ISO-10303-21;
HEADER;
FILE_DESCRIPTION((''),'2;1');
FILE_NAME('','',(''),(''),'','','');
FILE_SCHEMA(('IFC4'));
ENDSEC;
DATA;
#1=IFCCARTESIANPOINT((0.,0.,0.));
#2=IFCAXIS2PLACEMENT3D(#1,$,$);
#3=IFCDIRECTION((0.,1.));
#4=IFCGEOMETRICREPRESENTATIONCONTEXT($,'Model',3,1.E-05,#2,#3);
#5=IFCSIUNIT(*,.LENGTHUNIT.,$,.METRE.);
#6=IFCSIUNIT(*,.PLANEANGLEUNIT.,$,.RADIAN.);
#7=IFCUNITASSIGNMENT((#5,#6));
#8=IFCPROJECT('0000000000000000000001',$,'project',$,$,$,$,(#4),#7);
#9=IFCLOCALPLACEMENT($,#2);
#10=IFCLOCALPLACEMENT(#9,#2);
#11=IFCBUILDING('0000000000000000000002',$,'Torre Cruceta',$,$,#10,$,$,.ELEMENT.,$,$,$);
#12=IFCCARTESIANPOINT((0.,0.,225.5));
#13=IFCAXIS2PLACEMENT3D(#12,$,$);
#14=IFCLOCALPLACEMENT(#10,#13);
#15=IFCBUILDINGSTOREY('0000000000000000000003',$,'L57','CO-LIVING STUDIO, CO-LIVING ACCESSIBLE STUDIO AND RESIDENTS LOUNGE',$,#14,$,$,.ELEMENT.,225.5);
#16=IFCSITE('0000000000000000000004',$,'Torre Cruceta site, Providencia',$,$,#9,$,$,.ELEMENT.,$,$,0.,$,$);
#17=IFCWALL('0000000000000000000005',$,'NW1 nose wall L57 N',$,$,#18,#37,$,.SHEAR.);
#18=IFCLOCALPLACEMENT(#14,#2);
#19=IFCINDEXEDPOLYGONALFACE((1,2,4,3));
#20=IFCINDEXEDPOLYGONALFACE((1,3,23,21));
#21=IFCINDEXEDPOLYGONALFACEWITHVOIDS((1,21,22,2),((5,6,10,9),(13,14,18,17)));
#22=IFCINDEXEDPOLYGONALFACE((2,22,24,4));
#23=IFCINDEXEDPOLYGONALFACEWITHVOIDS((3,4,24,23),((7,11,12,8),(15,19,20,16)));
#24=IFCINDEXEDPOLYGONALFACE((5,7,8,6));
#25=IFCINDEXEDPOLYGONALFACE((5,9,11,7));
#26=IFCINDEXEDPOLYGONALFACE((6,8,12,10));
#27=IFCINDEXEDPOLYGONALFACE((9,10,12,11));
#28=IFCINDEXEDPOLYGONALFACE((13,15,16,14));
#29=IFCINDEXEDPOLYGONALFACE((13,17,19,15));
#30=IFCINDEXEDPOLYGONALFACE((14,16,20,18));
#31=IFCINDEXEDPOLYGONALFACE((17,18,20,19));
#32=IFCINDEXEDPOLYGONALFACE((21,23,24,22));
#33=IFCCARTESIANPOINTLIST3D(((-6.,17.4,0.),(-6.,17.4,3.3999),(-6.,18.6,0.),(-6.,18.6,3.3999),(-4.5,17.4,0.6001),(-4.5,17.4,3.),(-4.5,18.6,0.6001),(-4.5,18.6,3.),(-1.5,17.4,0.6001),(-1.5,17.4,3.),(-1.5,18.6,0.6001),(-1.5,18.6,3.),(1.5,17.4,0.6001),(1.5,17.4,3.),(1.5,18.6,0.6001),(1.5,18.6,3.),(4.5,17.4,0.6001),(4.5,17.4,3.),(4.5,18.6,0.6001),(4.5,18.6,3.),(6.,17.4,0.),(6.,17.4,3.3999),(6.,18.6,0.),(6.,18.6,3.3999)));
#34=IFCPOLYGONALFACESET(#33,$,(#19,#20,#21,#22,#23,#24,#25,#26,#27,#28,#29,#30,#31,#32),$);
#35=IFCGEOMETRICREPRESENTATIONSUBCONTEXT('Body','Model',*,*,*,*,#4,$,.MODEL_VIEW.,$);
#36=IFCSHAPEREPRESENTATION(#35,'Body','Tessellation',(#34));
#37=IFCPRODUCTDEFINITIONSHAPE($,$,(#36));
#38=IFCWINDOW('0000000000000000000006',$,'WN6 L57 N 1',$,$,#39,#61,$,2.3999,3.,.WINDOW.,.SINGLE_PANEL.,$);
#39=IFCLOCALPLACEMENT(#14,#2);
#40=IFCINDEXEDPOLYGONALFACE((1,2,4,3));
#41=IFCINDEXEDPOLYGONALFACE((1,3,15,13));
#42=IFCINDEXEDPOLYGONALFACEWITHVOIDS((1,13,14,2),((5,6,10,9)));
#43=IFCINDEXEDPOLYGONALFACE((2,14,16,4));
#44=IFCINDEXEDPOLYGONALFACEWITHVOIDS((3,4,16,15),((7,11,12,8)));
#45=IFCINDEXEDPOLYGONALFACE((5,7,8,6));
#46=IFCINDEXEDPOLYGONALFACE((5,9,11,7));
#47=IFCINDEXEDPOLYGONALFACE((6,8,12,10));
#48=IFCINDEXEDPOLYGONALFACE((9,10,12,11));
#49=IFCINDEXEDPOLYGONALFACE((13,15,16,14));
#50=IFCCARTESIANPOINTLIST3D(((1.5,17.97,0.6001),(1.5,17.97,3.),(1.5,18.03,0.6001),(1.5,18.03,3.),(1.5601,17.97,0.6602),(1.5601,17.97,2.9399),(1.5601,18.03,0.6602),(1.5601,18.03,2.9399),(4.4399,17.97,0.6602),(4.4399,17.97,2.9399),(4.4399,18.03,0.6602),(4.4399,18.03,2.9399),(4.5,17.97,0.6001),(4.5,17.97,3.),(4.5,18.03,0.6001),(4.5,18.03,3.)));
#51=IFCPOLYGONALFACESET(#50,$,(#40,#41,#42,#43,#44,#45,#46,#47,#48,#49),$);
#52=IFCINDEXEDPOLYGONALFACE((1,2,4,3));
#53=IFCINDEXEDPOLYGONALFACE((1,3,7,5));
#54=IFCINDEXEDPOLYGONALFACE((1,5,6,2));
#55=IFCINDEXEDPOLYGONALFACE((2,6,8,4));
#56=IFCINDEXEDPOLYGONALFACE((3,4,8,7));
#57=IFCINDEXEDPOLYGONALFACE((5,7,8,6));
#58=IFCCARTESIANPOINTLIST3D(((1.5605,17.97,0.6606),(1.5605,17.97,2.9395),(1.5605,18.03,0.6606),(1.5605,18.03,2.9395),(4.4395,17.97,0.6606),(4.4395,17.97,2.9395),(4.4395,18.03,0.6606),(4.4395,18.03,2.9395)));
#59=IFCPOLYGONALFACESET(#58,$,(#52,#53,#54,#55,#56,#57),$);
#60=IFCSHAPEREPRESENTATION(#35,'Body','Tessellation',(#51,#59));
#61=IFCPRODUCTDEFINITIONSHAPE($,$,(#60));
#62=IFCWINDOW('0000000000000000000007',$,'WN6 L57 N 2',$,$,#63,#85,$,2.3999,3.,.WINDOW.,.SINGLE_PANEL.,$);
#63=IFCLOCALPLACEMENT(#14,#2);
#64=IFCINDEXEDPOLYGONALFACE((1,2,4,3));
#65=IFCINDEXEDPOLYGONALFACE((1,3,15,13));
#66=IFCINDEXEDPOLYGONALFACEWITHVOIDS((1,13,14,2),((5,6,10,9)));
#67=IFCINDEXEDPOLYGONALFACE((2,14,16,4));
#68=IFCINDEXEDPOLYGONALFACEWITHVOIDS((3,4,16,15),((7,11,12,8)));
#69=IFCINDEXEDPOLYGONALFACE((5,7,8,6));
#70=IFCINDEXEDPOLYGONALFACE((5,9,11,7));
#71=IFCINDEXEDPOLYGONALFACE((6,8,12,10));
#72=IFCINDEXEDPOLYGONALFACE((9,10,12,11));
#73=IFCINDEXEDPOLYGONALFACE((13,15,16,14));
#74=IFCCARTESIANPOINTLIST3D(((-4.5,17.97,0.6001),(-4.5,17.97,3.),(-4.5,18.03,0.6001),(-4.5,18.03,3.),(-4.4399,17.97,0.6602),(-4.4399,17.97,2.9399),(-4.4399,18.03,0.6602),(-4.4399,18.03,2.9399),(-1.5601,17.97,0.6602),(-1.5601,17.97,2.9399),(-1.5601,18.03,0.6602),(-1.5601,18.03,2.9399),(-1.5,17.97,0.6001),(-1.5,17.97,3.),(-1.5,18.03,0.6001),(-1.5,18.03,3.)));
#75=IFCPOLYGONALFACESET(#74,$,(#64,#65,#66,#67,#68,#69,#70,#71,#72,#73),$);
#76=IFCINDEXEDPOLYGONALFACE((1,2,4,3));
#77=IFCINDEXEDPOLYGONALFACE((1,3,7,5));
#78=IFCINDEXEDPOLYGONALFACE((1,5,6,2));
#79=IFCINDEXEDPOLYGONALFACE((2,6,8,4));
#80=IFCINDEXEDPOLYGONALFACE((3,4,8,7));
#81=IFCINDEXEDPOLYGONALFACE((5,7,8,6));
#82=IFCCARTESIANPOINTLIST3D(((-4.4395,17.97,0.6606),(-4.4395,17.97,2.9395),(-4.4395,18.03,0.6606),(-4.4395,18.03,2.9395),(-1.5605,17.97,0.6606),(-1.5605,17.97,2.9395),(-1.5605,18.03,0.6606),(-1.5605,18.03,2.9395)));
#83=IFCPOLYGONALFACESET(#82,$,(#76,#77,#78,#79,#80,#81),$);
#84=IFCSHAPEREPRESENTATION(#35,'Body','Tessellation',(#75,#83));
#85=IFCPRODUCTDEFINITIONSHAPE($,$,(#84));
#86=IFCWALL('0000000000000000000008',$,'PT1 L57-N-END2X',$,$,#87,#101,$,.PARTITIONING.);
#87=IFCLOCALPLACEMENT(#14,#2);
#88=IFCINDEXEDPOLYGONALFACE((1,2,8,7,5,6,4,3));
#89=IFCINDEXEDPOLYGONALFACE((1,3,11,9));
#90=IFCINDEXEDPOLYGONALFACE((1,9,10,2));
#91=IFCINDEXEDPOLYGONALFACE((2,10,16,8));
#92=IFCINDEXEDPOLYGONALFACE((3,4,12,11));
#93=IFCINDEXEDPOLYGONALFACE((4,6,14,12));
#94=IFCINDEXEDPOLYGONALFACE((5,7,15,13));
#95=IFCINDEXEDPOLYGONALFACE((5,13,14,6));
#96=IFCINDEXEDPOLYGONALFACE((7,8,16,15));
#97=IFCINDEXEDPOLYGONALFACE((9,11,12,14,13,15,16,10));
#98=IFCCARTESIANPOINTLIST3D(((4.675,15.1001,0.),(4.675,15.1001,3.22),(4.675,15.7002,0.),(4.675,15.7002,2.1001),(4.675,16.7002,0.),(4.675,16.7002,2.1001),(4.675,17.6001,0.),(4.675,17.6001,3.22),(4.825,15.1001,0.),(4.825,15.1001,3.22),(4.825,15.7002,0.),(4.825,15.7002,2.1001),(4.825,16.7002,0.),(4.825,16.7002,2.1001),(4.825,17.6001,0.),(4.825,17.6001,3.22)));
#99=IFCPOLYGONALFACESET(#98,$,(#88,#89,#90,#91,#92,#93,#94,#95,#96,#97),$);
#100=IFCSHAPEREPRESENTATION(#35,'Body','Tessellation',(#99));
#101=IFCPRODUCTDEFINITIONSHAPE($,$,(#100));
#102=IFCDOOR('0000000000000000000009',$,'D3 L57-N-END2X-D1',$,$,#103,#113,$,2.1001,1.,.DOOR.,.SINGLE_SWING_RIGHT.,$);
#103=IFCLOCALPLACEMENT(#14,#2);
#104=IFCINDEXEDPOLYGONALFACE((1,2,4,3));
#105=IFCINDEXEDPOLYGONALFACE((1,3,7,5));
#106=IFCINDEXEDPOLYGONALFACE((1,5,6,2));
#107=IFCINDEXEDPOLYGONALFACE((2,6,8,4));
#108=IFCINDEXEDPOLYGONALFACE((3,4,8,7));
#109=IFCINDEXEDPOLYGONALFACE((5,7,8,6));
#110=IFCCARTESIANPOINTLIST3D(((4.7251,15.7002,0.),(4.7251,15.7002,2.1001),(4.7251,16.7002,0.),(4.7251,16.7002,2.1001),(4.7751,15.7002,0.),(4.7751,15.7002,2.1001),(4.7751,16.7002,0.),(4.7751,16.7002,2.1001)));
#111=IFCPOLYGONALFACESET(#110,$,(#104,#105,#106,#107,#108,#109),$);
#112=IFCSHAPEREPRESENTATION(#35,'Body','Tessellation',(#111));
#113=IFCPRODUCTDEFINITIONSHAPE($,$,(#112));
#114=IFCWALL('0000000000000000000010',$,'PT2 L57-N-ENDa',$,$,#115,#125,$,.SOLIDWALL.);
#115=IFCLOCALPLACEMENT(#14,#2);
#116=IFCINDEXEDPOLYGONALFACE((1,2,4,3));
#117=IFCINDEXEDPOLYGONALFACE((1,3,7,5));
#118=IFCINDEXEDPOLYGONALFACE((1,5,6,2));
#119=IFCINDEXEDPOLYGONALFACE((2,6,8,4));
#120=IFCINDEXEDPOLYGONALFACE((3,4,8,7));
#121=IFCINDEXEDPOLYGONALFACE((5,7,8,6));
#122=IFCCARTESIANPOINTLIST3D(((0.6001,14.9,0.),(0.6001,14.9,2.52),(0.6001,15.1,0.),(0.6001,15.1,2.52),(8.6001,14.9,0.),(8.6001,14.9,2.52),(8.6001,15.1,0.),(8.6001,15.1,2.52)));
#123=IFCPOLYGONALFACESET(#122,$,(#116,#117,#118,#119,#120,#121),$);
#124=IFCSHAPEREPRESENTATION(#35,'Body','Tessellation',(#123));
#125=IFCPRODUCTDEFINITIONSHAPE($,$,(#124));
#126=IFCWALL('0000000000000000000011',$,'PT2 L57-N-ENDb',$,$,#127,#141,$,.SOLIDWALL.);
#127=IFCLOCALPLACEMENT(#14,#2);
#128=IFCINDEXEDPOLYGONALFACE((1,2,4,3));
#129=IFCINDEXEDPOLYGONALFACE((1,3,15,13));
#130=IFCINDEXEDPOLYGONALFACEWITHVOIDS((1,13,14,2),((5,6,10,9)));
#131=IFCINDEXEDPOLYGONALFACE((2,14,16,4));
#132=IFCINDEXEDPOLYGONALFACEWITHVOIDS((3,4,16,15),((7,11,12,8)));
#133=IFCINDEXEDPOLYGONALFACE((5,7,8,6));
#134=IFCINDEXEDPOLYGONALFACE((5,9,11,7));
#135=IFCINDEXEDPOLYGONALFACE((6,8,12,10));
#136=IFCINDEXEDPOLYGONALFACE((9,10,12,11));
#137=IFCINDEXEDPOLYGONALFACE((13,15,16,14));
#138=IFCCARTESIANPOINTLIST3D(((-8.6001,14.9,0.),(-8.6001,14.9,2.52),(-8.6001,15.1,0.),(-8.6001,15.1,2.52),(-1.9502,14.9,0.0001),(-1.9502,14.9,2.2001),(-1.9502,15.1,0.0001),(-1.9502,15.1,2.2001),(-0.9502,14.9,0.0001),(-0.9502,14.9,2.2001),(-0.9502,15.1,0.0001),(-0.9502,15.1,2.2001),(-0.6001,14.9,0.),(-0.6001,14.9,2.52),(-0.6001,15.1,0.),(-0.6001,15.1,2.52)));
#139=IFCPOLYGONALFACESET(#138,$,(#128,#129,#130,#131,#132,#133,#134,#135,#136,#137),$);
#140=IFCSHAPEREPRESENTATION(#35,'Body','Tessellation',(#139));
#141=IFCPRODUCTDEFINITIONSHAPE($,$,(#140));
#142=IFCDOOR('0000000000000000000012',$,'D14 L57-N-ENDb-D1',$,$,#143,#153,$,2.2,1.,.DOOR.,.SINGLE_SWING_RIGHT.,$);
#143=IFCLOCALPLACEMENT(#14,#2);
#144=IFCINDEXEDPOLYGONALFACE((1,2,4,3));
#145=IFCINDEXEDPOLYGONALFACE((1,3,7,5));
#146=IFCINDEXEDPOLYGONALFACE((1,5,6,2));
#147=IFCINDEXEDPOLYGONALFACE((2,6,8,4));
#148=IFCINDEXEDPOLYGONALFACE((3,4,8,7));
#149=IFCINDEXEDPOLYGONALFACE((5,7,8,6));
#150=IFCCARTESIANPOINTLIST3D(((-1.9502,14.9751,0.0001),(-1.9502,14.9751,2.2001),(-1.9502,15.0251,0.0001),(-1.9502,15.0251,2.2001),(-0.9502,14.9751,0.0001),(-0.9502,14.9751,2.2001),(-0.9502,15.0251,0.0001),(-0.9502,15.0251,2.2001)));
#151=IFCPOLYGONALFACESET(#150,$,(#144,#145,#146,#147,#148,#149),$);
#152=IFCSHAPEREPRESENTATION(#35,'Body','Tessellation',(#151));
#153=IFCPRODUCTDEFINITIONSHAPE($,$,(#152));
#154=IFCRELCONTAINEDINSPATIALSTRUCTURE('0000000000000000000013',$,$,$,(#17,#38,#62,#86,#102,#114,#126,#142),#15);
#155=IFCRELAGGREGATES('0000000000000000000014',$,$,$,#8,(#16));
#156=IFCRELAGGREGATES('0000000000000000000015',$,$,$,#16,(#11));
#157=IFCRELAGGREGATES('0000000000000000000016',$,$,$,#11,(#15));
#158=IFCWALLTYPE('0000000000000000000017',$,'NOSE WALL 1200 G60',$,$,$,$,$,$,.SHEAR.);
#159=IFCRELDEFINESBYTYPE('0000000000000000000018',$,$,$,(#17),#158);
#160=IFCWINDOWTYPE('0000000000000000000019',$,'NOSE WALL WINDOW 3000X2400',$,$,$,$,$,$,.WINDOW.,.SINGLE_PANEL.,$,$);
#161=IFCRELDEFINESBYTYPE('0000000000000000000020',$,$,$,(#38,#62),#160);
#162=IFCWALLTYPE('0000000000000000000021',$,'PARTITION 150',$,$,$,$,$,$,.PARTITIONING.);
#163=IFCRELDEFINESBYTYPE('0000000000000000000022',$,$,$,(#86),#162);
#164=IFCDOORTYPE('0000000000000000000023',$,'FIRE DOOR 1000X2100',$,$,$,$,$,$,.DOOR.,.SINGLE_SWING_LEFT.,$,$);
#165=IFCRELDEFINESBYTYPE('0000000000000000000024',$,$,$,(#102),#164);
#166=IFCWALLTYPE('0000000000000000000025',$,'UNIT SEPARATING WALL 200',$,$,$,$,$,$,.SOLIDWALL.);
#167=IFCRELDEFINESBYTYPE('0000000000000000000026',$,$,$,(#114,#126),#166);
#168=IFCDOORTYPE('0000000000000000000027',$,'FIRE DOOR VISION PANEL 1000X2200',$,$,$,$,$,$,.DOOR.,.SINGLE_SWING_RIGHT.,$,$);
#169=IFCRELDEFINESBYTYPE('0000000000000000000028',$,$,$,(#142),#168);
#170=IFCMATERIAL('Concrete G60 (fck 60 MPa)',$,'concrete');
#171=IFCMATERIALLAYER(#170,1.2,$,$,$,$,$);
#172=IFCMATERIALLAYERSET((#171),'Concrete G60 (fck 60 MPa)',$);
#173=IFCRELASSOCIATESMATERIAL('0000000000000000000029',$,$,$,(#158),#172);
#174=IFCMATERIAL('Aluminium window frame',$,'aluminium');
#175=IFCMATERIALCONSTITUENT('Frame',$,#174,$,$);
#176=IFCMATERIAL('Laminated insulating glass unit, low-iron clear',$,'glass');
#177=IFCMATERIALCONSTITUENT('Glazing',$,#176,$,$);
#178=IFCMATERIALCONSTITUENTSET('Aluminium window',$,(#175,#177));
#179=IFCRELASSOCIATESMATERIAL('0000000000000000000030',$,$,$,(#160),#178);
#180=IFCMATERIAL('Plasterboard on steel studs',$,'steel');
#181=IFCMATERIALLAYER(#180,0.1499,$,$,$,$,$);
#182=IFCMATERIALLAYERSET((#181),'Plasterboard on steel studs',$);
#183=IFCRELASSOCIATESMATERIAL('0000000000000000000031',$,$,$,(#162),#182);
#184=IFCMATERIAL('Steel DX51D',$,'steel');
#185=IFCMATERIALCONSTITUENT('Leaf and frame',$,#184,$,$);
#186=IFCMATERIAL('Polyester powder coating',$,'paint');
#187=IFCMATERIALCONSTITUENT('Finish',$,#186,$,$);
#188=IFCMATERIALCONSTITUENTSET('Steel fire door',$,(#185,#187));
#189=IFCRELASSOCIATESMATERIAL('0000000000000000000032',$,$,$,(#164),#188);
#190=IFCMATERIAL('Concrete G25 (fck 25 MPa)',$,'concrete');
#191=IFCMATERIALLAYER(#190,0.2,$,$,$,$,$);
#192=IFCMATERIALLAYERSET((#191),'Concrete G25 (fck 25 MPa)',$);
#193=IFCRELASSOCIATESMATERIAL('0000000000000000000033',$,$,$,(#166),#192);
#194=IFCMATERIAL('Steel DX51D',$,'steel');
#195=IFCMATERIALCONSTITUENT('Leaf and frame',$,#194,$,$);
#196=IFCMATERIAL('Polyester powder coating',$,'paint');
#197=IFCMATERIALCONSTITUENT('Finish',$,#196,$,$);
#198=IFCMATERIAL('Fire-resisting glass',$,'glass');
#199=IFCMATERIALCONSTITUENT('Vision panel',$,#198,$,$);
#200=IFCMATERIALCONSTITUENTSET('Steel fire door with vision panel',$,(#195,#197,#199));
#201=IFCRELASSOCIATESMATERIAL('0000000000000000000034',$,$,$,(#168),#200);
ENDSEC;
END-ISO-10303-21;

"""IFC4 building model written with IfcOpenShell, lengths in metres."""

from ifc_helpers import new_model, si_unit, direction, frame, frame_2d, origin, place, context, subcontext, project, spatial, rectangle, hollow_rectangle, extrude, material, layer, layer_set, constituent, constituent_set, type_object, element, fill, save


model = new_model("IFC4")

# Units and contexts
model_context = context("Model", 3, precision=1e-05, world=origin(), true_north=direction((0.0, 1.0)))
body_context = subcontext(model_context, "Body", "Model", "MODEL_VIEW")
ifc_project = project(units=[si_unit("LENGTHUNIT", "METRE"), si_unit("PLANEANGLEUNIT", "RADIAN")], contexts=[model_context])

# Site, building, storey
site_placement = place(None, origin())
site = spatial("IfcSite", under=ifc_project, at=site_placement, Name="Torre Cruceta site, Providencia", CompositionType="ELEMENT", RefElevation=0.0)
building_placement = place(site_placement, origin())
building = spatial("IfcBuilding", under=site, at=building_placement, Name="Torre Cruceta", CompositionType="ELEMENT")
storey_placement = place(building_placement, frame((0.0, 0.0, 225.5)))
storey = spatial("IfcBuildingStorey", under=building, at=storey_placement, Name="L57", Description="CO-LIVING STUDIO, CO-LIVING ACCESSIBLE STUDIO AND RESIDENTS LOUNGE", CompositionType="ELEMENT", Elevation=225.5)

# Wall, openings, windows
ifc_material_1 = material(Name="Concrete G60 (fck 60 MPa)", Category="concrete")
ifc_layer_1 = layer(ifc_material_1, 1.2)
ifc_layer_set_1 = layer_set([ifc_layer_1], Name="Concrete G60 (fck 60 MPa)")
wall_type_1 = type_object("IfcWallType", Name="NOSE WALL 1200 G60", PredefinedType="SHEAR", material=ifc_layer_set_1)
wall_1_placement = place(storey_placement, frame((6.0, 18.0, 0.0), z_axis=(0.0, 0.0, 1.0), x_axis=(-1.0, 0.0, 0.0)))
wall_1 = element("IfcWall", 1, at=wall_1_placement, inside=storey, type_object=wall_type_1, Name="NW1 nose wall L57 N", PredefinedType="SHEAR", context=body_context, shape_type="SweptSolid", body=[
    extrude(rectangle(XDim=12.0, YDim=1.2, at=frame_2d((6.0, 0.0))), origin(), (0.0, 0.0, 1.0), 3.3999),
])
opening_1_placement = place(wall_1_placement, frame((1.5, 0.0, 0.6001)))
opening_1 = element("IfcOpeningElement", 2, at=opening_1_placement, cuts=wall_1, PredefinedType="OPENING", context=body_context, shape_type="SweptSolid", body=[
    extrude(rectangle(XDim=3.0, YDim=2.3999, at=frame_2d((1.5, 1.2))), frame((0.0, 0.6099, 0.0), z_axis=(0.0, -1.0, 0.0), x_axis=(1.0, 0.0, 0.0)), (0.0, 0.0, 1.0), 1.22),
])
opening_2_placement = place(wall_1_placement, frame((7.5, 0.0, 0.6001)))
opening_2 = element("IfcOpeningElement", 3, at=opening_2_placement, cuts=wall_1, PredefinedType="OPENING", context=body_context, shape_type="SweptSolid", body=[
    extrude(rectangle(XDim=3.0, YDim=2.3999, at=frame_2d((1.5, 1.2))), frame((0.0, 0.6099, 0.0), z_axis=(0.0, -1.0, 0.0), x_axis=(1.0, 0.0, 0.0)), (0.0, 0.0, 1.0), 1.22),
])
ifc_material_2 = material(Name="Aluminium window frame", Category="aluminium")
ifc_constituent_1 = constituent(ifc_material_2, Name="Frame")
ifc_material_3 = material(Name="Laminated insulating glass unit, low-iron clear", Category="glass")
ifc_constituent_2 = constituent(ifc_material_3, Name="Glazing")
ifc_constituent_set_1 = constituent_set(constituents=[ifc_constituent_1, ifc_constituent_2], Name="Aluminium window")
window_type = type_object("IfcWindowType", Name="NOSE WALL WINDOW 3000X2400", PartitioningType="SINGLE_PANEL", PredefinedType="WINDOW", material=ifc_constituent_set_1)
window_1_placement = place(opening_1_placement, origin())
window_1 = element("IfcWindow", 4, at=window_1_placement, inside=storey, type_object=window_type, Name="WN6 L57 N 1", OverallHeight=2.3999, OverallWidth=3.0, PartitioningType="SINGLE_PANEL", PredefinedType="WINDOW", context=body_context, shape_type="SweptSolid", body=[
    extrude(hollow_rectangle(XDim=3.0, YDim=2.3999, WallThickness=0.0601, at=frame_2d((1.5, 1.2))), frame((0.0, 0.03, 0.0), z_axis=(0.0, -1.0, 0.0), x_axis=(1.0, 0.0, 0.0)), (0.0, 0.0, 1.0), 0.0601),
    extrude(rectangle(XDim=2.8789, YDim=2.2788, at=frame_2d((1.5, 1.2))), frame((0.0, 0.03, 0.0), z_axis=(0.0, -1.0, 0.0), x_axis=(1.0, 0.0, 0.0)), (0.0, 0.0, 1.0), 0.0601),
])
fill(opening_1, window_1)
window_2_placement = place(opening_2_placement, origin())
window_2 = element("IfcWindow", 5, at=window_2_placement, inside=storey, type_object=window_type, Name="WN6 L57 N 2", OverallHeight=2.3999, OverallWidth=3.0, PartitioningType="SINGLE_PANEL", PredefinedType="WINDOW", context=body_context, shape_type="SweptSolid", body=[
    extrude(hollow_rectangle(XDim=3.0, YDim=2.3999, WallThickness=0.0601, at=frame_2d((1.5, 1.2))), frame((0.0, 0.03, 0.0), z_axis=(0.0, -1.0, 0.0), x_axis=(1.0, 0.0, 0.0)), (0.0, 0.0, 1.0), 0.0601),
    extrude(rectangle(XDim=2.8789, YDim=2.2788, at=frame_2d((1.5, 1.2))), frame((0.0, 0.03, 0.0), z_axis=(0.0, -1.0, 0.0), x_axis=(1.0, 0.0, 0.0)), (0.0, 0.0, 1.0), 0.0601),
])
fill(opening_2, window_2)

# Wall, opening, door
ifc_material_4 = material(Name="Plasterboard on steel studs", Category="steel")
ifc_layer_2 = layer(ifc_material_4, 0.1499)
ifc_layer_set_2 = layer_set([ifc_layer_2], Name="Plasterboard on steel studs")
wall_type_2 = type_object("IfcWallType", Name="PARTITION 150", PredefinedType="PARTITIONING", material=ifc_layer_set_2)
wall_2_placement = place(storey_placement, frame((4.75, 15.1001, 0.0), z_axis=(0.0, 0.0, 1.0), x_axis=(0.0, 1.0, 0.0)))
wall_2 = element("IfcWall", 6, at=wall_2_placement, inside=storey, type_object=wall_type_2, Name="PT1 L57-N-END2X", PredefinedType="PARTITIONING", context=body_context, shape_type="SweptSolid", body=[
    extrude(rectangle(XDim=2.5, YDim=0.1499, at=frame_2d((1.25, 0.0))), origin(), (0.0, 0.0, 1.0), 3.22),
])
opening_3_placement = place(wall_2_placement, frame((0.6001, 0.0, 0.0)))
opening_3 = element("IfcOpeningElement", 7, at=opening_3_placement, cuts=wall_2, PredefinedType="OPENING", context=body_context, shape_type="SweptSolid", body=[
    extrude(rectangle(XDim=1.0, YDim=2.1001, at=frame_2d((0.5, 1.05))), frame((0.0, 0.085, 0.0), z_axis=(0.0, -1.0, 0.0), x_axis=(1.0, 0.0, 0.0)), (0.0, 0.0, 1.0), 0.1699),
])
ifc_material_5 = material(Name="Steel DX51D", Category="steel")
ifc_constituent_3 = constituent(ifc_material_5, Name="Leaf and frame")
ifc_material_6 = material(Name="Polyester powder coating", Category="paint")
ifc_constituent_4 = constituent(ifc_material_6, Name="Finish")
ifc_constituent_set_2 = constituent_set(constituents=[ifc_constituent_3, ifc_constituent_4], Name="Steel fire door")
door_type_1 = type_object("IfcDoorType", Name="FIRE DOOR 1000X2100", OperationType="SINGLE_SWING_LEFT", PredefinedType="DOOR", material=ifc_constituent_set_2)
door_1_placement = place(opening_3_placement, frame((1.0, 0.0, 0.0), z_axis=(0.0, 0.0, 1.0), x_axis=(-1.0, 0.0, 0.0)))
door_1 = element("IfcDoor", 8, at=door_1_placement, inside=storey, type_object=door_type_1, Name="D3 L57-N-END2X-D1", OperationType="SINGLE_SWING_RIGHT", OverallHeight=2.1001, OverallWidth=1.0, PredefinedType="DOOR", context=body_context, shape_type="SweptSolid", body=[
    extrude(rectangle(XDim=1.0, YDim=2.1001, at=frame_2d((0.5, 1.05))), frame((0.0, 0.0251, 0.0), z_axis=(0.0, -1.0, 0.0), x_axis=(1.0, 0.0, 0.0)), (0.0, 0.0, 1.0), 0.05),
])
fill(opening_3, door_1)

# Wall
ifc_material_7 = material(Name="Concrete G25 (fck 25 MPa)", Category="concrete")
ifc_layer_3 = layer(ifc_material_7, 0.2)
ifc_layer_set_3 = layer_set([ifc_layer_3], Name="Concrete G25 (fck 25 MPa)")
wall_type_3 = type_object("IfcWallType", Name="UNIT SEPARATING WALL 200", PredefinedType="SOLIDWALL", material=ifc_layer_set_3)
wall_3_placement = place(storey_placement, frame((8.6001, 15.0, 0.0), z_axis=(0.0, 0.0, 1.0), x_axis=(-1.0, 0.0, 0.0)))
element("IfcWall", 9, at=wall_3_placement, inside=storey, type_object=wall_type_3, Name="PT2 L57-N-ENDa", PredefinedType="SOLIDWALL", context=body_context, shape_type="SweptSolid", body=[
    extrude(rectangle(XDim=8.0, YDim=0.2, at=frame_2d((4.0, 0.0))), origin(), (0.0, 0.0, 1.0), 2.52),
])

# Wall, opening, door
wall_4_placement = place(storey_placement, frame((-0.6001, 15.0, 0.0), z_axis=(0.0, 0.0, 1.0), x_axis=(-1.0, 0.0, 0.0)))
wall_4 = element("IfcWall", 10, at=wall_4_placement, inside=storey, type_object=wall_type_3, Name="PT2 L57-N-ENDb", PredefinedType="SOLIDWALL", context=body_context, shape_type="SweptSolid", body=[
    extrude(rectangle(XDim=8.0, YDim=0.2, at=frame_2d((4.0, 0.0))), origin(), (0.0, 0.0, 1.0), 2.52),
])
opening_4_placement = place(wall_4_placement, frame((0.3501, 0.0, 0.0)))
opening_4 = element("IfcOpeningElement", 11, at=opening_4_placement, cuts=wall_4, PredefinedType="OPENING", context=body_context, shape_type="SweptSolid", body=[
    extrude(rectangle(XDim=1.0, YDim=2.2, at=frame_2d((0.5, 1.1001))), frame((0.0, 0.1099, 0.0), z_axis=(0.0, -1.0, 0.0), x_axis=(1.0, 0.0, 0.0)), (0.0, 0.0, 1.0), 0.22),
])
ifc_material_8 = material(Name="Steel DX51D", Category="steel")
ifc_constituent_5 = constituent(ifc_material_8, Name="Leaf and frame")
ifc_material_9 = material(Name="Polyester powder coating", Category="paint")
ifc_constituent_6 = constituent(ifc_material_9, Name="Finish")
ifc_material_10 = material(Name="Fire-resisting glass", Category="glass")
ifc_constituent_7 = constituent(ifc_material_10, Name="Vision panel")
ifc_constituent_set_3 = constituent_set(constituents=[ifc_constituent_5, ifc_constituent_6, ifc_constituent_7], Name="Steel fire door with vision panel")
door_type_2 = type_object("IfcDoorType", Name="FIRE DOOR VISION PANEL 1000X2200", OperationType="SINGLE_SWING_RIGHT", PredefinedType="DOOR", material=ifc_constituent_set_3)
door_2_placement = place(opening_4_placement, frame((1.0, 0.0, 0.0), z_axis=(0.0, 0.0, 1.0), x_axis=(-1.0, 0.0, 0.0)))
door_2 = element("IfcDoor", 12, at=door_2_placement, inside=storey, type_object=door_type_2, Name="D14 L57-N-ENDb-D1", OperationType="SINGLE_SWING_RIGHT", OverallHeight=2.2, OverallWidth=1.0, PredefinedType="DOOR", context=body_context, shape_type="SweptSolid", body=[
    extrude(rectangle(XDim=1.0, YDim=2.2, at=frame_2d((0.5, 1.1001))), frame((0.0, 0.0251, 0.0), z_axis=(0.0, -1.0, 0.0), x_axis=(1.0, 0.0, 0.0)), (0.0, 0.0, 1.0), 0.05),
])
fill(opening_4, door_2)

save(model, "model.ifc")
